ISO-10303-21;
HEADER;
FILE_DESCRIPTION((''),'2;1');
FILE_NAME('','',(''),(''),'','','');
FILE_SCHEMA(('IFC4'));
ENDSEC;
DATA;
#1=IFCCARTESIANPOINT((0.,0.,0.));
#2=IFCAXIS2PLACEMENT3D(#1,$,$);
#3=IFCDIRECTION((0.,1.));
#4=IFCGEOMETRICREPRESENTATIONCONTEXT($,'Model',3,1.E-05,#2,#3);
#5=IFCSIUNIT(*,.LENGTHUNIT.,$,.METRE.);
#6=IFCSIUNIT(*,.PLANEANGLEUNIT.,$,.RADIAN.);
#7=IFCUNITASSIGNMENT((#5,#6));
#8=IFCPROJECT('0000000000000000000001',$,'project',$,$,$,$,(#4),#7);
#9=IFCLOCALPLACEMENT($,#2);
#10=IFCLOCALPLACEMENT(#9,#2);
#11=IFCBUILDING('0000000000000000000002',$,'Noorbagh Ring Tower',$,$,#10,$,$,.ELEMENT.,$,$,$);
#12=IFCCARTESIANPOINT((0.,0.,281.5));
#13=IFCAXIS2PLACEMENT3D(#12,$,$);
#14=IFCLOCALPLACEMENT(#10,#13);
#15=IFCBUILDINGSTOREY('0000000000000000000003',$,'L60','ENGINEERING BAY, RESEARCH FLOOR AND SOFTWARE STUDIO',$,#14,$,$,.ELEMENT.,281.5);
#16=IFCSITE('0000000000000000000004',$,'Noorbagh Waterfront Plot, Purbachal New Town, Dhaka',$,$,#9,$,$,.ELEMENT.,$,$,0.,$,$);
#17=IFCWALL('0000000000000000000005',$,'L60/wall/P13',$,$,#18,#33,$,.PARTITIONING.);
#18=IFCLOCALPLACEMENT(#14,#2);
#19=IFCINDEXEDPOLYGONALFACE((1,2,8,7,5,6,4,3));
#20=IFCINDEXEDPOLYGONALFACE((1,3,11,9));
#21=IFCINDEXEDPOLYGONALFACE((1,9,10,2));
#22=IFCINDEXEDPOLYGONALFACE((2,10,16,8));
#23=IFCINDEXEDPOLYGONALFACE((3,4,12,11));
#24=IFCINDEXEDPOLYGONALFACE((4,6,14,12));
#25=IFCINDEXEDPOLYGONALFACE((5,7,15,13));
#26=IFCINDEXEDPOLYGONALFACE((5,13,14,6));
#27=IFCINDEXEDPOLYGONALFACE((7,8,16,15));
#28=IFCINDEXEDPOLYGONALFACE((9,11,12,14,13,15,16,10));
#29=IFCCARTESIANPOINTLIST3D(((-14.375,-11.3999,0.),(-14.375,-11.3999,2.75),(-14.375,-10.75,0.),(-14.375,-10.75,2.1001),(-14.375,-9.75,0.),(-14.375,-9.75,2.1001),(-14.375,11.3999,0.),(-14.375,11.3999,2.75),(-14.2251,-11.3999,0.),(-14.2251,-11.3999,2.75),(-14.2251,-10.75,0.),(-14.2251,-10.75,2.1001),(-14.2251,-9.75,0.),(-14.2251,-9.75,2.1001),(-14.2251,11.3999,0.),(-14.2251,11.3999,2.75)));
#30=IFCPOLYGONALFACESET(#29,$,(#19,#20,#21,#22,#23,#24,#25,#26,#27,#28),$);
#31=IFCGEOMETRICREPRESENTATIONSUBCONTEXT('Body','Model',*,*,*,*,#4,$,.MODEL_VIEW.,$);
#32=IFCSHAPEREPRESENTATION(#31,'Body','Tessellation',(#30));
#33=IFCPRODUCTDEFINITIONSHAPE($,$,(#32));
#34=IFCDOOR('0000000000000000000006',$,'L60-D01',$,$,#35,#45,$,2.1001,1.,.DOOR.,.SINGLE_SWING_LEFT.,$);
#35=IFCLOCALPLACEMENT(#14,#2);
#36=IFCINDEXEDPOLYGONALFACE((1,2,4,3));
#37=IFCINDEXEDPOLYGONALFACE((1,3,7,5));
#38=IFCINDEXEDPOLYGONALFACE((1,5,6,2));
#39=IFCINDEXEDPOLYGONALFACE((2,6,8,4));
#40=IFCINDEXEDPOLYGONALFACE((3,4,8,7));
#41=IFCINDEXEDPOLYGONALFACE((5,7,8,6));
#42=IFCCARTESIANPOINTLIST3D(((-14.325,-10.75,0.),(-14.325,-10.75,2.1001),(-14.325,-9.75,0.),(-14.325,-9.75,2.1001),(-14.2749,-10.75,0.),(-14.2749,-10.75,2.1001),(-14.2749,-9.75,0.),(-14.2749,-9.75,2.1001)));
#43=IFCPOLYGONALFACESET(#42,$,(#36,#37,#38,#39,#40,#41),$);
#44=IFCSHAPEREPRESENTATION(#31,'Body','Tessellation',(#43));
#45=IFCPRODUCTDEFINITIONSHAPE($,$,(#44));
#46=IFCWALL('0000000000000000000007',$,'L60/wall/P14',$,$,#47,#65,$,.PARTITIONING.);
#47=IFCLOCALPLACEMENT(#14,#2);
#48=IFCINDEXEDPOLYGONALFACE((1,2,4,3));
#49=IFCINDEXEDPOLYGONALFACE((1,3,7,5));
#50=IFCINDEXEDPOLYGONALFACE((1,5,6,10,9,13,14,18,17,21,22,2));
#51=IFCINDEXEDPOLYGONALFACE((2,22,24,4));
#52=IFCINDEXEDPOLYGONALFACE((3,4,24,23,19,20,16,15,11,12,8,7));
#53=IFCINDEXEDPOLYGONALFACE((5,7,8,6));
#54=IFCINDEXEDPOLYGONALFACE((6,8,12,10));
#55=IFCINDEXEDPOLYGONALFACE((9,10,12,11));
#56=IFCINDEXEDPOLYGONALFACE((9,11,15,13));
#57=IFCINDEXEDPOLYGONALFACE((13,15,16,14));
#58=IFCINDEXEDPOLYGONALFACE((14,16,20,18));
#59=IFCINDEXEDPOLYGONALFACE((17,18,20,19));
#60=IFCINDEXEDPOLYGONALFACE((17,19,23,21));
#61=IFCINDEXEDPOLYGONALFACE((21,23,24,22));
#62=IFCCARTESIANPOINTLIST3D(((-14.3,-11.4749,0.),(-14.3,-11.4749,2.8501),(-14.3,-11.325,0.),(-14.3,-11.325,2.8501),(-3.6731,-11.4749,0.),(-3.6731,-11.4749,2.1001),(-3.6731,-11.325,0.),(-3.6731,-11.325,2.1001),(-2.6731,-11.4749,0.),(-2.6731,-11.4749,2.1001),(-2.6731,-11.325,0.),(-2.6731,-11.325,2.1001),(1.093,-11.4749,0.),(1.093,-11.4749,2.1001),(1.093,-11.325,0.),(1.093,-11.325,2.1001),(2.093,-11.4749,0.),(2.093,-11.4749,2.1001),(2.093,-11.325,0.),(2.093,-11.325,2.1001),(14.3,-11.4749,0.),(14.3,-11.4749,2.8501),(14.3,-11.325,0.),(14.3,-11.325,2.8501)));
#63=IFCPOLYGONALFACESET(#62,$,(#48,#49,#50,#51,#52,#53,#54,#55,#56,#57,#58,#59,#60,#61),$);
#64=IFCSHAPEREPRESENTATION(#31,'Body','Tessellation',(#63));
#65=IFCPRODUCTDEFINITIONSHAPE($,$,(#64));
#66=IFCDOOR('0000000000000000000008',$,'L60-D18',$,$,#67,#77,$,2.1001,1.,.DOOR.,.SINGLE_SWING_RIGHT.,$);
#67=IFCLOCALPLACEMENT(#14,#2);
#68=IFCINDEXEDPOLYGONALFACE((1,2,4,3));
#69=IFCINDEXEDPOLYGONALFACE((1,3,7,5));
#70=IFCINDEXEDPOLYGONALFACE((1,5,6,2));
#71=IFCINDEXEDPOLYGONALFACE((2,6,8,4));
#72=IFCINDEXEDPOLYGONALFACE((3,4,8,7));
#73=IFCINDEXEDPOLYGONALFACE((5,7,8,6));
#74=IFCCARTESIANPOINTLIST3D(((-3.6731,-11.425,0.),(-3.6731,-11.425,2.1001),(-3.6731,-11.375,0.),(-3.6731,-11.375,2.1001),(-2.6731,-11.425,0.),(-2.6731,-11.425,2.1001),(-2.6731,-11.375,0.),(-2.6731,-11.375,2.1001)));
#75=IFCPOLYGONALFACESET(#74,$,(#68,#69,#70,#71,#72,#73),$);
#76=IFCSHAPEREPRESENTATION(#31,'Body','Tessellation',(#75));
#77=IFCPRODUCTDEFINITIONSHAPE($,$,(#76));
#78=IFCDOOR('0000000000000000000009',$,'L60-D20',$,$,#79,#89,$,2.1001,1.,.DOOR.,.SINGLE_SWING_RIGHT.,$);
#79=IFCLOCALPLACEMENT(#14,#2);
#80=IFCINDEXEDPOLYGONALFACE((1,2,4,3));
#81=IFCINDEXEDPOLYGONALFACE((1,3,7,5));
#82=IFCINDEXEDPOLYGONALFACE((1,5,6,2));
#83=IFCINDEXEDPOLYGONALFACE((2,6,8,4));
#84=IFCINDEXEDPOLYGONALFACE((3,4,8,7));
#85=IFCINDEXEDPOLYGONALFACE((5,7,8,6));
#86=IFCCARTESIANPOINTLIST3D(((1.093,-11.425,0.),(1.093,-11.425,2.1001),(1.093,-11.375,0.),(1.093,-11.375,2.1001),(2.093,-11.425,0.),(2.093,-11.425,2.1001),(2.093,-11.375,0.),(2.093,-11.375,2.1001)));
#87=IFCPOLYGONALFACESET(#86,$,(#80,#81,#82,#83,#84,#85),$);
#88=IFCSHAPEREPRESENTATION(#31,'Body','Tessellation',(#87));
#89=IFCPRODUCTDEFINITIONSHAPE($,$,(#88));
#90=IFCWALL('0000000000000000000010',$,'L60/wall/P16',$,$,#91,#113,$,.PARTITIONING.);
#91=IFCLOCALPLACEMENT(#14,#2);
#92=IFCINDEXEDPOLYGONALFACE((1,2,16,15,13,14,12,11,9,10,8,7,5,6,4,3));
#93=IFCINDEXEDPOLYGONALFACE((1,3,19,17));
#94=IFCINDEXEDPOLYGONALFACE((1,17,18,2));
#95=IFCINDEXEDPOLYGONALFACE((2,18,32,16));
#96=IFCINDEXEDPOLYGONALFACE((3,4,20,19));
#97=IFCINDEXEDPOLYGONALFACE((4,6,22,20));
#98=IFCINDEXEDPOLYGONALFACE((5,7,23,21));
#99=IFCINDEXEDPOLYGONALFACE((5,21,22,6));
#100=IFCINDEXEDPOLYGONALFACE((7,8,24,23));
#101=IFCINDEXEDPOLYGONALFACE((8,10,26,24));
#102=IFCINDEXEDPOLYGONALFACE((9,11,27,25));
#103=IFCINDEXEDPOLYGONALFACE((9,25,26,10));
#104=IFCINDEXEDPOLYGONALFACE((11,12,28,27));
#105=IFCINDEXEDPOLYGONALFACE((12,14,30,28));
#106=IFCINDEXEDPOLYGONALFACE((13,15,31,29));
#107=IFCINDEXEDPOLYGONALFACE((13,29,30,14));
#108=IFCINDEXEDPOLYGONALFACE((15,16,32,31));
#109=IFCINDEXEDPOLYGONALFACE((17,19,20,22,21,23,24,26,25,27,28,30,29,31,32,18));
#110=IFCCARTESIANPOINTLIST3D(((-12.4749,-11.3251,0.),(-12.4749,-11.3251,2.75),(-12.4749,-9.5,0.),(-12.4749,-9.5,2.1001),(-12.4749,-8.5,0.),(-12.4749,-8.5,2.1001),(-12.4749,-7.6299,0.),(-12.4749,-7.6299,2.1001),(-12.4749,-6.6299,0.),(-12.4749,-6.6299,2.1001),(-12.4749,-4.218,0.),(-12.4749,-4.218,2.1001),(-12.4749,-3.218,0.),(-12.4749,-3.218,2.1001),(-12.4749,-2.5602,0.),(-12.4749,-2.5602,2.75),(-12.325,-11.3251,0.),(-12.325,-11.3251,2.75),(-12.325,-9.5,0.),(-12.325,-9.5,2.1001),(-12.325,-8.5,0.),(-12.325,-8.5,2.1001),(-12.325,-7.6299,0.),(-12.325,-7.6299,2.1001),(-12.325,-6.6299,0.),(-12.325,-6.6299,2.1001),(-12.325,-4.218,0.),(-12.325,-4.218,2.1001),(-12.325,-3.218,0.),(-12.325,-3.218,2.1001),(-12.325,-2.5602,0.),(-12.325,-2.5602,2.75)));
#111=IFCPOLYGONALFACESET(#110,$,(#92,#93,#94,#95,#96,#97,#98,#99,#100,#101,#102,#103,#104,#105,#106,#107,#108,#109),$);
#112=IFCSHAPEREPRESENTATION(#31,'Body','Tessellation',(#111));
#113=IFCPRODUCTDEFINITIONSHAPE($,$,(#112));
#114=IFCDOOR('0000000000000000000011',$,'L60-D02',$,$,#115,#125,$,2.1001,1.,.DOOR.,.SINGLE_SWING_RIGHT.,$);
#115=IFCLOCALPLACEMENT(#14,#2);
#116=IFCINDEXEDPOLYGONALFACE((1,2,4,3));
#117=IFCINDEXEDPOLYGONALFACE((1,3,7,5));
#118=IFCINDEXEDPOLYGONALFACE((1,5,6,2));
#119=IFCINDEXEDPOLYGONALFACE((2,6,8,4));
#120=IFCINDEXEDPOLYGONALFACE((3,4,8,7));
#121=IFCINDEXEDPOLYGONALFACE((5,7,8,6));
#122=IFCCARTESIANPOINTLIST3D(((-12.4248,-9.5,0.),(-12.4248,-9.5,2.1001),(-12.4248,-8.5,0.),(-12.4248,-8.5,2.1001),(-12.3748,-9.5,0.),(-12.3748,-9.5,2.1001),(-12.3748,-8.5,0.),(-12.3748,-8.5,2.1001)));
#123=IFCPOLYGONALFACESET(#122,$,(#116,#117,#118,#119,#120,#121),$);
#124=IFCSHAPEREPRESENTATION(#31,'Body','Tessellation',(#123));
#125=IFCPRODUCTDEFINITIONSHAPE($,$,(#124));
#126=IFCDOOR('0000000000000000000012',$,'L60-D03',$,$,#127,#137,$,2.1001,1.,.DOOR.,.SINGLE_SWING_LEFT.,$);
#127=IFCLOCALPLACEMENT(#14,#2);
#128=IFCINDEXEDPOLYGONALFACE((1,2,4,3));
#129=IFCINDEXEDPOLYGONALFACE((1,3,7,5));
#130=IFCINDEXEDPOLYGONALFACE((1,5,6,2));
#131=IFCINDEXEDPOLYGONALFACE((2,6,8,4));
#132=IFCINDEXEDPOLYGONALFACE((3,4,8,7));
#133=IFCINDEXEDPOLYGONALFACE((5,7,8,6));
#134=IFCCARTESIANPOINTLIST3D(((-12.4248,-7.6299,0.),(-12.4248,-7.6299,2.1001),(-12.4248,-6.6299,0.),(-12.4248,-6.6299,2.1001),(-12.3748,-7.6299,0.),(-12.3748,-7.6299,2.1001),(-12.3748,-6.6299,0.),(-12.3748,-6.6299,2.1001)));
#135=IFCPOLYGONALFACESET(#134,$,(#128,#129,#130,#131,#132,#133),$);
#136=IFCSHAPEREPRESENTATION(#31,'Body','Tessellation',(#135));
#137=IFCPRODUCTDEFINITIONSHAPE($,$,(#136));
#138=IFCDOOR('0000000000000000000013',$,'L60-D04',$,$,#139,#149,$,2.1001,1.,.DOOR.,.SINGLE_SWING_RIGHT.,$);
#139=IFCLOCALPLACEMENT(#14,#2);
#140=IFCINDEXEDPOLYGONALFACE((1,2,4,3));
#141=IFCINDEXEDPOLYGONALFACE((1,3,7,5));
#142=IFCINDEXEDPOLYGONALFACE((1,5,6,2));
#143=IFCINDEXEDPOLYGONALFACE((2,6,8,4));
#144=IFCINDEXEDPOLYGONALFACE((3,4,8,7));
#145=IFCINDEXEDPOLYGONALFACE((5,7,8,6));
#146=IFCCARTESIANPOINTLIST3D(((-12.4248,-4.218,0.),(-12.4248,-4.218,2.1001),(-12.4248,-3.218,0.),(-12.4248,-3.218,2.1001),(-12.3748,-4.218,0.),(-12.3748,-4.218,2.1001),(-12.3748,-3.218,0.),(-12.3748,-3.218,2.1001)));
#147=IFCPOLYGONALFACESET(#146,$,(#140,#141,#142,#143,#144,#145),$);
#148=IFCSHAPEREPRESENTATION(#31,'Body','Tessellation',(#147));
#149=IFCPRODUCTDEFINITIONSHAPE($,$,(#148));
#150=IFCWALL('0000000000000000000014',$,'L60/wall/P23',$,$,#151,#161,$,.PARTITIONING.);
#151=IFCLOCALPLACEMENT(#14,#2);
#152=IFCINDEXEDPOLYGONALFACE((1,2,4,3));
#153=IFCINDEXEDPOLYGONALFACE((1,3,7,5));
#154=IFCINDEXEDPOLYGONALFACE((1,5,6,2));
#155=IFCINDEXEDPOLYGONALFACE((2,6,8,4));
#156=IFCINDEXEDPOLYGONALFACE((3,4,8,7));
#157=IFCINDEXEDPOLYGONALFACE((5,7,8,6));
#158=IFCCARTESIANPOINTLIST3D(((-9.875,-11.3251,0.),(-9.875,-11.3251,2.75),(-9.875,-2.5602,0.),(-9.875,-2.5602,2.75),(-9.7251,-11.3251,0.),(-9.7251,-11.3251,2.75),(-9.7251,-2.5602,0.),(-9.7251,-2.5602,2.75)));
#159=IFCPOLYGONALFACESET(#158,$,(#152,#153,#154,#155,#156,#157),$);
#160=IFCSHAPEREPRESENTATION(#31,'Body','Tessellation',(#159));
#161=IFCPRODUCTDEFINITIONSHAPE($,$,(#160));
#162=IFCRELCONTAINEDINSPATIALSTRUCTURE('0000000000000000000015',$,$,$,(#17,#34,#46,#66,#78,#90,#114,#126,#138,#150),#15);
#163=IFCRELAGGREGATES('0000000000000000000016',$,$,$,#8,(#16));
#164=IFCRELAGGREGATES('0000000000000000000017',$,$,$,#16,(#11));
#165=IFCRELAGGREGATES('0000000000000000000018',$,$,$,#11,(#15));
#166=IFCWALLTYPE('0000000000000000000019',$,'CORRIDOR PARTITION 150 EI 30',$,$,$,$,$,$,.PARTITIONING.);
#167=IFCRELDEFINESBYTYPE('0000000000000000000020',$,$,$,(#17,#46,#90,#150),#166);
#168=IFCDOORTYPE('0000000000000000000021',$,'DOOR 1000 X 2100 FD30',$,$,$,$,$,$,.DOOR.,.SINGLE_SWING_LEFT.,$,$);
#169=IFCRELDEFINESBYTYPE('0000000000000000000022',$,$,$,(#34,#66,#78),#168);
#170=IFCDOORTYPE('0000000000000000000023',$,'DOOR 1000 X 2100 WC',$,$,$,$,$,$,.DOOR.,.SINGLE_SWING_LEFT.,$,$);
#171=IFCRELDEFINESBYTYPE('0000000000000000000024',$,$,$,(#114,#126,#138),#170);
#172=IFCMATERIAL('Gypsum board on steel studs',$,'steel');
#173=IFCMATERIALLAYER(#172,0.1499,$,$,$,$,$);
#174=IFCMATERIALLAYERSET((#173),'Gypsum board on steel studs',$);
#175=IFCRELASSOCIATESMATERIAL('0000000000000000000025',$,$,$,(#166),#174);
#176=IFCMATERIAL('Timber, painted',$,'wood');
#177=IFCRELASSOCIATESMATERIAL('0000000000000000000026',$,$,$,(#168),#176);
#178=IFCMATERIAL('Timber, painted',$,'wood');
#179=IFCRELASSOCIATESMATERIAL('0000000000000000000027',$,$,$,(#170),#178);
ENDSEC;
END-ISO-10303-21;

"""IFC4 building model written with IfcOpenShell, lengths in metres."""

from ifc_helpers import new_model, si_unit, direction, frame, frame_2d, origin, place, context, subcontext, project, spatial, rectangle, extrude, material, layer, layer_set, type_object, element, fill, save


model = new_model("IFC4")

# Units and contexts
model_context = context("Model", 3, precision=1e-05, world=origin(), true_north=direction((0.0, 1.0)))
body_context = subcontext(model_context, "Body", "Model", "MODEL_VIEW")
ifc_project = project(units=[si_unit("LENGTHUNIT", "METRE"), si_unit("PLANEANGLEUNIT", "RADIAN")], contexts=[model_context])

# Site, building, storey
site_placement = place(None, origin())
site = spatial("IfcSite", under=ifc_project, at=site_placement, Name="Noorbagh Waterfront Plot, Purbachal New Town, Dhaka", CompositionType="ELEMENT", RefElevation=0.0)
building_placement = place(site_placement, origin())
building = spatial("IfcBuilding", under=site, at=building_placement, Name="Noorbagh Ring Tower", CompositionType="ELEMENT")
storey_placement = place(building_placement, frame((0.0, 0.0, 281.5)))
storey = spatial("IfcBuildingStorey", under=building, at=storey_placement, Name="L60", Description="ENGINEERING BAY, RESEARCH FLOOR AND SOFTWARE STUDIO", CompositionType="ELEMENT", Elevation=281.5)

# Wall, opening, door
ifc_material_1 = material(Name="Gypsum board on steel studs", Category="steel")
ifc_layer_1 = layer(ifc_material_1, 0.1499)
ifc_layer_set_1 = layer_set([ifc_layer_1], Name="Gypsum board on steel studs")
wall_type_1 = type_object("IfcWallType", Name="CORRIDOR PARTITION 150 EI 30", PredefinedType="PARTITIONING", material=ifc_layer_set_1)
wall_1_placement = place(storey_placement, frame((-14.3, -11.3999, 0.0), z_axis=(0.0, 0.0, 1.0), x_axis=(0.0, 1.0, 0.0)))
wall_1 = element("IfcWall", 1, at=wall_1_placement, inside=storey, type_object=wall_type_1, Name="L60/wall/P13", PredefinedType="PARTITIONING", context=body_context, shape_type="SweptSolid", body=[
    extrude(rectangle(XDim=22.7998, YDim=0.1499, at=frame_2d((11.3999, 0.0))), origin(), (0.0, 0.0, 1.0), 2.75),
])
opening_1_placement = place(wall_1_placement, frame((0.6499, 0.0, 0.0)))
opening_1 = element("IfcOpeningElement", 2, at=opening_1_placement, cuts=wall_1, PredefinedType="OPENING", context=body_context, shape_type="SweptSolid", body=[
    extrude(rectangle(XDim=1.0, YDim=2.1001, at=frame_2d((0.5, 1.05))), frame((0.0, 0.085, 0.0), z_axis=(0.0, -1.0, 0.0), x_axis=(1.0, 0.0, 0.0)), (0.0, 0.0, 1.0), 0.1699),
])
ifc_material_2 = material(Name="Timber, painted", Category="wood")
door_type_1 = type_object("IfcDoorType", Name="DOOR 1000 X 2100 FD30", OperationType="SINGLE_SWING_LEFT", PredefinedType="DOOR", material=ifc_material_2)
door_1_placement = place(opening_1_placement, origin())
door_1 = element("IfcDoor", 3, at=door_1_placement, inside=storey, type_object=door_type_1, Name="L60-D01", OperationType="SINGLE_SWING_LEFT", OverallHeight=2.1001, OverallWidth=1.0, PredefinedType="DOOR", context=body_context, shape_type="SweptSolid", body=[
    extrude(rectangle(XDim=1.0, YDim=2.1001, at=frame_2d((0.5, 1.05))), frame((0.0, 0.0249, 0.0), z_axis=(0.0, -1.0, 0.0), x_axis=(1.0, 0.0, 0.0)), (0.0, 0.0, 1.0), 0.05),
])
fill(opening_1, door_1)

# Walls, openings, doors
wall_2_placement = place(storey_placement, frame((-14.3, -11.3999, 0.0), z_axis=(0.0, 0.0, 1.0), x_axis=(1.0, 0.0, 0.0)))
wall_2 = element("IfcWall", 4, at=wall_2_placement, inside=storey, type_object=wall_type_1, Name="L60/wall/P14", PredefinedType="PARTITIONING", context=body_context, shape_type="SweptSolid", body=[
    extrude(rectangle(XDim=28.6001, YDim=0.1499, at=frame_2d((14.3, 0.0))), origin(), (0.0, 0.0, 1.0), 2.8501),
])
opening_2_placement = place(wall_2_placement, frame((10.627, 0.0, 0.0)))
opening_2 = element("IfcOpeningElement", 5, at=opening_2_placement, cuts=wall_2, PredefinedType="OPENING", context=body_context, shape_type="SweptSolid", body=[
    extrude(rectangle(XDim=1.0, YDim=2.1001, at=frame_2d((0.5, 1.05))), frame((0.0, 0.085, 0.0), z_axis=(0.0, -1.0, 0.0), x_axis=(1.0, 0.0, 0.0)), (0.0, 0.0, 1.0), 0.1699),
])
opening_3_placement = place(wall_2_placement, frame((15.3931, 0.0, 0.0)))
opening_3 = element("IfcOpeningElement", 6, at=opening_3_placement, cuts=wall_2, PredefinedType="OPENING", context=body_context, shape_type="SweptSolid", body=[
    extrude(rectangle(XDim=1.0, YDim=2.1001, at=frame_2d((0.5, 1.05))), frame((0.0, 0.085, 0.0), z_axis=(0.0, -1.0, 0.0), x_axis=(1.0, 0.0, 0.0)), (0.0, 0.0, 1.0), 0.1699),
])
door_2_placement = place(opening_2_placement, origin())
door_2 = element("IfcDoor", 7, at=door_2_placement, inside=storey, type_object=door_type_1, Name="L60-D18", OperationType="SINGLE_SWING_RIGHT", OverallHeight=2.1001, OverallWidth=1.0, PredefinedType="DOOR", context=body_context, shape_type="SweptSolid", body=[
    extrude(rectangle(XDim=1.0, YDim=2.1001, at=frame_2d((0.5, 1.05))), frame((0.0, 0.0249, 0.0), z_axis=(0.0, -1.0, 0.0), x_axis=(1.0, 0.0, 0.0)), (0.0, 0.0, 1.0), 0.05),
])
fill(opening_2, door_2)
door_3_placement = place(opening_3_placement, origin())
door_3 = element("IfcDoor", 8, at=door_3_placement, inside=storey, type_object=door_type_1, Name="L60-D20", OperationType="SINGLE_SWING_RIGHT", OverallHeight=2.1001, OverallWidth=1.0, PredefinedType="DOOR", context=body_context, shape_type="SweptSolid", body=[
    extrude(rectangle(XDim=1.0, YDim=2.1001, at=frame_2d((0.5, 1.05))), frame((0.0, 0.0249, 0.0), z_axis=(0.0, -1.0, 0.0), x_axis=(1.0, 0.0, 0.0)), (0.0, 0.0, 1.0), 0.05),
])
fill(opening_3, door_3)
wall_3_placement = place(storey_placement, frame((-12.3999, -11.325, 0.0), z_axis=(0.0, 0.0, 1.0), x_axis=(0.0, 1.0, 0.0)))
wall_3 = element("IfcWall", 9, at=wall_3_placement, inside=storey, type_object=wall_type_1, Name="L60/wall/P16", PredefinedType="PARTITIONING", context=body_context, shape_type="SweptSolid", body=[
    extrude(rectangle(XDim=8.7649, YDim=0.1499, at=frame_2d((4.3823, 0.0))), origin(), (0.0, 0.0, 1.0), 2.75),
])
opening_4_placement = place(wall_3_placement, frame((1.825, 0.0, 0.0)))
opening_4 = element("IfcOpeningElement", 10, at=opening_4_placement, cuts=wall_3, PredefinedType="OPENING", context=body_context, shape_type="SweptSolid", body=[
    extrude(rectangle(XDim=1.0, YDim=2.1001, at=frame_2d((0.5, 1.05))), frame((0.0, 0.085, 0.0), z_axis=(0.0, -1.0, 0.0), x_axis=(1.0, 0.0, 0.0)), (0.0, 0.0, 1.0), 0.1699),
])
opening_5_placement = place(wall_3_placement, frame((3.6951, 0.0, 0.0)))
opening_5 = element("IfcOpeningElement", 11, at=opening_5_placement, cuts=wall_3, PredefinedType="OPENING", context=body_context, shape_type="SweptSolid", body=[
    extrude(rectangle(XDim=1.0, YDim=2.1001, at=frame_2d((0.5, 1.05))), frame((0.0, 0.085, 0.0), z_axis=(0.0, -1.0, 0.0), x_axis=(1.0, 0.0, 0.0)), (0.0, 0.0, 1.0), 0.1699),
])
opening_6_placement = place(wall_3_placement, frame((7.1069, 0.0, 0.0)))
opening_6 = element("IfcOpeningElement", 12, at=opening_6_placement, cuts=wall_3, PredefinedType="OPENING", context=body_context, shape_type="SweptSolid", body=[
    extrude(rectangle(XDim=1.0, YDim=2.1001, at=frame_2d((0.5, 1.05))), frame((0.0, 0.085, 0.0), z_axis=(0.0, -1.0, 0.0), x_axis=(1.0, 0.0, 0.0)), (0.0, 0.0, 1.0), 0.1699),
])
ifc_material_3 = material(Name="Timber, painted", Category="wood")
door_type_2 = type_object("IfcDoorType", Name="DOOR 1000 X 2100 WC", OperationType="SINGLE_SWING_LEFT", PredefinedType="DOOR", material=ifc_material_3)
door_4_placement = place(opening_4_placement, origin())
door_4 = element("IfcDoor", 13, at=door_4_placement, inside=storey, type_object=door_type_2, Name="L60-D02", OperationType="SINGLE_SWING_RIGHT", OverallHeight=2.1001, OverallWidth=1.0, PredefinedType="DOOR", context=body_context, shape_type="SweptSolid", body=[
    extrude(rectangle(XDim=1.0, YDim=2.1001, at=frame_2d((0.5, 1.05))), frame((0.0, 0.0249, 0.0), z_axis=(0.0, -1.0, 0.0), x_axis=(1.0, 0.0, 0.0)), (0.0, 0.0, 1.0), 0.05),
])
fill(opening_4, door_4)
door_5_placement = place(opening_5_placement, origin())
door_5 = element("IfcDoor", 14, at=door_5_placement, inside=storey, type_object=door_type_2, Name="L60-D03", OperationType="SINGLE_SWING_LEFT", OverallHeight=2.1001, OverallWidth=1.0, PredefinedType="DOOR", context=body_context, shape_type="SweptSolid", body=[
    extrude(rectangle(XDim=1.0, YDim=2.1001, at=frame_2d((0.5, 1.05))), frame((0.0, 0.0249, 0.0), z_axis=(0.0, -1.0, 0.0), x_axis=(1.0, 0.0, 0.0)), (0.0, 0.0, 1.0), 0.05),
])
fill(opening_5, door_5)
door_6_placement = place(opening_6_placement, origin())
door_6 = element("IfcDoor", 15, at=door_6_placement, inside=storey, type_object=door_type_2, Name="L60-D04", OperationType="SINGLE_SWING_RIGHT", OverallHeight=2.1001, OverallWidth=1.0, PredefinedType="DOOR", context=body_context, shape_type="SweptSolid", body=[
    extrude(rectangle(XDim=1.0, YDim=2.1001, at=frame_2d((0.5, 1.05))), frame((0.0, 0.0249, 0.0), z_axis=(0.0, -1.0, 0.0), x_axis=(1.0, 0.0, 0.0)), (0.0, 0.0, 1.0), 0.05),
])
fill(opening_6, door_6)

# Wall
wall_4_placement = place(storey_placement, frame((-9.8, -11.325, 0.0), z_axis=(0.0, 0.0, 1.0), x_axis=(0.0, 1.0, 0.0)))
element("IfcWall", 16, at=wall_4_placement, inside=storey, type_object=wall_type_1, Name="L60/wall/P23", PredefinedType="PARTITIONING", context=body_context, shape_type="SweptSolid", body=[
    extrude(rectangle(XDim=8.7649, YDim=0.1499, at=frame_2d((4.3823, 0.0))), origin(), (0.0, 0.0, 1.0), 2.75),
])

save(model, "model.ifc")
